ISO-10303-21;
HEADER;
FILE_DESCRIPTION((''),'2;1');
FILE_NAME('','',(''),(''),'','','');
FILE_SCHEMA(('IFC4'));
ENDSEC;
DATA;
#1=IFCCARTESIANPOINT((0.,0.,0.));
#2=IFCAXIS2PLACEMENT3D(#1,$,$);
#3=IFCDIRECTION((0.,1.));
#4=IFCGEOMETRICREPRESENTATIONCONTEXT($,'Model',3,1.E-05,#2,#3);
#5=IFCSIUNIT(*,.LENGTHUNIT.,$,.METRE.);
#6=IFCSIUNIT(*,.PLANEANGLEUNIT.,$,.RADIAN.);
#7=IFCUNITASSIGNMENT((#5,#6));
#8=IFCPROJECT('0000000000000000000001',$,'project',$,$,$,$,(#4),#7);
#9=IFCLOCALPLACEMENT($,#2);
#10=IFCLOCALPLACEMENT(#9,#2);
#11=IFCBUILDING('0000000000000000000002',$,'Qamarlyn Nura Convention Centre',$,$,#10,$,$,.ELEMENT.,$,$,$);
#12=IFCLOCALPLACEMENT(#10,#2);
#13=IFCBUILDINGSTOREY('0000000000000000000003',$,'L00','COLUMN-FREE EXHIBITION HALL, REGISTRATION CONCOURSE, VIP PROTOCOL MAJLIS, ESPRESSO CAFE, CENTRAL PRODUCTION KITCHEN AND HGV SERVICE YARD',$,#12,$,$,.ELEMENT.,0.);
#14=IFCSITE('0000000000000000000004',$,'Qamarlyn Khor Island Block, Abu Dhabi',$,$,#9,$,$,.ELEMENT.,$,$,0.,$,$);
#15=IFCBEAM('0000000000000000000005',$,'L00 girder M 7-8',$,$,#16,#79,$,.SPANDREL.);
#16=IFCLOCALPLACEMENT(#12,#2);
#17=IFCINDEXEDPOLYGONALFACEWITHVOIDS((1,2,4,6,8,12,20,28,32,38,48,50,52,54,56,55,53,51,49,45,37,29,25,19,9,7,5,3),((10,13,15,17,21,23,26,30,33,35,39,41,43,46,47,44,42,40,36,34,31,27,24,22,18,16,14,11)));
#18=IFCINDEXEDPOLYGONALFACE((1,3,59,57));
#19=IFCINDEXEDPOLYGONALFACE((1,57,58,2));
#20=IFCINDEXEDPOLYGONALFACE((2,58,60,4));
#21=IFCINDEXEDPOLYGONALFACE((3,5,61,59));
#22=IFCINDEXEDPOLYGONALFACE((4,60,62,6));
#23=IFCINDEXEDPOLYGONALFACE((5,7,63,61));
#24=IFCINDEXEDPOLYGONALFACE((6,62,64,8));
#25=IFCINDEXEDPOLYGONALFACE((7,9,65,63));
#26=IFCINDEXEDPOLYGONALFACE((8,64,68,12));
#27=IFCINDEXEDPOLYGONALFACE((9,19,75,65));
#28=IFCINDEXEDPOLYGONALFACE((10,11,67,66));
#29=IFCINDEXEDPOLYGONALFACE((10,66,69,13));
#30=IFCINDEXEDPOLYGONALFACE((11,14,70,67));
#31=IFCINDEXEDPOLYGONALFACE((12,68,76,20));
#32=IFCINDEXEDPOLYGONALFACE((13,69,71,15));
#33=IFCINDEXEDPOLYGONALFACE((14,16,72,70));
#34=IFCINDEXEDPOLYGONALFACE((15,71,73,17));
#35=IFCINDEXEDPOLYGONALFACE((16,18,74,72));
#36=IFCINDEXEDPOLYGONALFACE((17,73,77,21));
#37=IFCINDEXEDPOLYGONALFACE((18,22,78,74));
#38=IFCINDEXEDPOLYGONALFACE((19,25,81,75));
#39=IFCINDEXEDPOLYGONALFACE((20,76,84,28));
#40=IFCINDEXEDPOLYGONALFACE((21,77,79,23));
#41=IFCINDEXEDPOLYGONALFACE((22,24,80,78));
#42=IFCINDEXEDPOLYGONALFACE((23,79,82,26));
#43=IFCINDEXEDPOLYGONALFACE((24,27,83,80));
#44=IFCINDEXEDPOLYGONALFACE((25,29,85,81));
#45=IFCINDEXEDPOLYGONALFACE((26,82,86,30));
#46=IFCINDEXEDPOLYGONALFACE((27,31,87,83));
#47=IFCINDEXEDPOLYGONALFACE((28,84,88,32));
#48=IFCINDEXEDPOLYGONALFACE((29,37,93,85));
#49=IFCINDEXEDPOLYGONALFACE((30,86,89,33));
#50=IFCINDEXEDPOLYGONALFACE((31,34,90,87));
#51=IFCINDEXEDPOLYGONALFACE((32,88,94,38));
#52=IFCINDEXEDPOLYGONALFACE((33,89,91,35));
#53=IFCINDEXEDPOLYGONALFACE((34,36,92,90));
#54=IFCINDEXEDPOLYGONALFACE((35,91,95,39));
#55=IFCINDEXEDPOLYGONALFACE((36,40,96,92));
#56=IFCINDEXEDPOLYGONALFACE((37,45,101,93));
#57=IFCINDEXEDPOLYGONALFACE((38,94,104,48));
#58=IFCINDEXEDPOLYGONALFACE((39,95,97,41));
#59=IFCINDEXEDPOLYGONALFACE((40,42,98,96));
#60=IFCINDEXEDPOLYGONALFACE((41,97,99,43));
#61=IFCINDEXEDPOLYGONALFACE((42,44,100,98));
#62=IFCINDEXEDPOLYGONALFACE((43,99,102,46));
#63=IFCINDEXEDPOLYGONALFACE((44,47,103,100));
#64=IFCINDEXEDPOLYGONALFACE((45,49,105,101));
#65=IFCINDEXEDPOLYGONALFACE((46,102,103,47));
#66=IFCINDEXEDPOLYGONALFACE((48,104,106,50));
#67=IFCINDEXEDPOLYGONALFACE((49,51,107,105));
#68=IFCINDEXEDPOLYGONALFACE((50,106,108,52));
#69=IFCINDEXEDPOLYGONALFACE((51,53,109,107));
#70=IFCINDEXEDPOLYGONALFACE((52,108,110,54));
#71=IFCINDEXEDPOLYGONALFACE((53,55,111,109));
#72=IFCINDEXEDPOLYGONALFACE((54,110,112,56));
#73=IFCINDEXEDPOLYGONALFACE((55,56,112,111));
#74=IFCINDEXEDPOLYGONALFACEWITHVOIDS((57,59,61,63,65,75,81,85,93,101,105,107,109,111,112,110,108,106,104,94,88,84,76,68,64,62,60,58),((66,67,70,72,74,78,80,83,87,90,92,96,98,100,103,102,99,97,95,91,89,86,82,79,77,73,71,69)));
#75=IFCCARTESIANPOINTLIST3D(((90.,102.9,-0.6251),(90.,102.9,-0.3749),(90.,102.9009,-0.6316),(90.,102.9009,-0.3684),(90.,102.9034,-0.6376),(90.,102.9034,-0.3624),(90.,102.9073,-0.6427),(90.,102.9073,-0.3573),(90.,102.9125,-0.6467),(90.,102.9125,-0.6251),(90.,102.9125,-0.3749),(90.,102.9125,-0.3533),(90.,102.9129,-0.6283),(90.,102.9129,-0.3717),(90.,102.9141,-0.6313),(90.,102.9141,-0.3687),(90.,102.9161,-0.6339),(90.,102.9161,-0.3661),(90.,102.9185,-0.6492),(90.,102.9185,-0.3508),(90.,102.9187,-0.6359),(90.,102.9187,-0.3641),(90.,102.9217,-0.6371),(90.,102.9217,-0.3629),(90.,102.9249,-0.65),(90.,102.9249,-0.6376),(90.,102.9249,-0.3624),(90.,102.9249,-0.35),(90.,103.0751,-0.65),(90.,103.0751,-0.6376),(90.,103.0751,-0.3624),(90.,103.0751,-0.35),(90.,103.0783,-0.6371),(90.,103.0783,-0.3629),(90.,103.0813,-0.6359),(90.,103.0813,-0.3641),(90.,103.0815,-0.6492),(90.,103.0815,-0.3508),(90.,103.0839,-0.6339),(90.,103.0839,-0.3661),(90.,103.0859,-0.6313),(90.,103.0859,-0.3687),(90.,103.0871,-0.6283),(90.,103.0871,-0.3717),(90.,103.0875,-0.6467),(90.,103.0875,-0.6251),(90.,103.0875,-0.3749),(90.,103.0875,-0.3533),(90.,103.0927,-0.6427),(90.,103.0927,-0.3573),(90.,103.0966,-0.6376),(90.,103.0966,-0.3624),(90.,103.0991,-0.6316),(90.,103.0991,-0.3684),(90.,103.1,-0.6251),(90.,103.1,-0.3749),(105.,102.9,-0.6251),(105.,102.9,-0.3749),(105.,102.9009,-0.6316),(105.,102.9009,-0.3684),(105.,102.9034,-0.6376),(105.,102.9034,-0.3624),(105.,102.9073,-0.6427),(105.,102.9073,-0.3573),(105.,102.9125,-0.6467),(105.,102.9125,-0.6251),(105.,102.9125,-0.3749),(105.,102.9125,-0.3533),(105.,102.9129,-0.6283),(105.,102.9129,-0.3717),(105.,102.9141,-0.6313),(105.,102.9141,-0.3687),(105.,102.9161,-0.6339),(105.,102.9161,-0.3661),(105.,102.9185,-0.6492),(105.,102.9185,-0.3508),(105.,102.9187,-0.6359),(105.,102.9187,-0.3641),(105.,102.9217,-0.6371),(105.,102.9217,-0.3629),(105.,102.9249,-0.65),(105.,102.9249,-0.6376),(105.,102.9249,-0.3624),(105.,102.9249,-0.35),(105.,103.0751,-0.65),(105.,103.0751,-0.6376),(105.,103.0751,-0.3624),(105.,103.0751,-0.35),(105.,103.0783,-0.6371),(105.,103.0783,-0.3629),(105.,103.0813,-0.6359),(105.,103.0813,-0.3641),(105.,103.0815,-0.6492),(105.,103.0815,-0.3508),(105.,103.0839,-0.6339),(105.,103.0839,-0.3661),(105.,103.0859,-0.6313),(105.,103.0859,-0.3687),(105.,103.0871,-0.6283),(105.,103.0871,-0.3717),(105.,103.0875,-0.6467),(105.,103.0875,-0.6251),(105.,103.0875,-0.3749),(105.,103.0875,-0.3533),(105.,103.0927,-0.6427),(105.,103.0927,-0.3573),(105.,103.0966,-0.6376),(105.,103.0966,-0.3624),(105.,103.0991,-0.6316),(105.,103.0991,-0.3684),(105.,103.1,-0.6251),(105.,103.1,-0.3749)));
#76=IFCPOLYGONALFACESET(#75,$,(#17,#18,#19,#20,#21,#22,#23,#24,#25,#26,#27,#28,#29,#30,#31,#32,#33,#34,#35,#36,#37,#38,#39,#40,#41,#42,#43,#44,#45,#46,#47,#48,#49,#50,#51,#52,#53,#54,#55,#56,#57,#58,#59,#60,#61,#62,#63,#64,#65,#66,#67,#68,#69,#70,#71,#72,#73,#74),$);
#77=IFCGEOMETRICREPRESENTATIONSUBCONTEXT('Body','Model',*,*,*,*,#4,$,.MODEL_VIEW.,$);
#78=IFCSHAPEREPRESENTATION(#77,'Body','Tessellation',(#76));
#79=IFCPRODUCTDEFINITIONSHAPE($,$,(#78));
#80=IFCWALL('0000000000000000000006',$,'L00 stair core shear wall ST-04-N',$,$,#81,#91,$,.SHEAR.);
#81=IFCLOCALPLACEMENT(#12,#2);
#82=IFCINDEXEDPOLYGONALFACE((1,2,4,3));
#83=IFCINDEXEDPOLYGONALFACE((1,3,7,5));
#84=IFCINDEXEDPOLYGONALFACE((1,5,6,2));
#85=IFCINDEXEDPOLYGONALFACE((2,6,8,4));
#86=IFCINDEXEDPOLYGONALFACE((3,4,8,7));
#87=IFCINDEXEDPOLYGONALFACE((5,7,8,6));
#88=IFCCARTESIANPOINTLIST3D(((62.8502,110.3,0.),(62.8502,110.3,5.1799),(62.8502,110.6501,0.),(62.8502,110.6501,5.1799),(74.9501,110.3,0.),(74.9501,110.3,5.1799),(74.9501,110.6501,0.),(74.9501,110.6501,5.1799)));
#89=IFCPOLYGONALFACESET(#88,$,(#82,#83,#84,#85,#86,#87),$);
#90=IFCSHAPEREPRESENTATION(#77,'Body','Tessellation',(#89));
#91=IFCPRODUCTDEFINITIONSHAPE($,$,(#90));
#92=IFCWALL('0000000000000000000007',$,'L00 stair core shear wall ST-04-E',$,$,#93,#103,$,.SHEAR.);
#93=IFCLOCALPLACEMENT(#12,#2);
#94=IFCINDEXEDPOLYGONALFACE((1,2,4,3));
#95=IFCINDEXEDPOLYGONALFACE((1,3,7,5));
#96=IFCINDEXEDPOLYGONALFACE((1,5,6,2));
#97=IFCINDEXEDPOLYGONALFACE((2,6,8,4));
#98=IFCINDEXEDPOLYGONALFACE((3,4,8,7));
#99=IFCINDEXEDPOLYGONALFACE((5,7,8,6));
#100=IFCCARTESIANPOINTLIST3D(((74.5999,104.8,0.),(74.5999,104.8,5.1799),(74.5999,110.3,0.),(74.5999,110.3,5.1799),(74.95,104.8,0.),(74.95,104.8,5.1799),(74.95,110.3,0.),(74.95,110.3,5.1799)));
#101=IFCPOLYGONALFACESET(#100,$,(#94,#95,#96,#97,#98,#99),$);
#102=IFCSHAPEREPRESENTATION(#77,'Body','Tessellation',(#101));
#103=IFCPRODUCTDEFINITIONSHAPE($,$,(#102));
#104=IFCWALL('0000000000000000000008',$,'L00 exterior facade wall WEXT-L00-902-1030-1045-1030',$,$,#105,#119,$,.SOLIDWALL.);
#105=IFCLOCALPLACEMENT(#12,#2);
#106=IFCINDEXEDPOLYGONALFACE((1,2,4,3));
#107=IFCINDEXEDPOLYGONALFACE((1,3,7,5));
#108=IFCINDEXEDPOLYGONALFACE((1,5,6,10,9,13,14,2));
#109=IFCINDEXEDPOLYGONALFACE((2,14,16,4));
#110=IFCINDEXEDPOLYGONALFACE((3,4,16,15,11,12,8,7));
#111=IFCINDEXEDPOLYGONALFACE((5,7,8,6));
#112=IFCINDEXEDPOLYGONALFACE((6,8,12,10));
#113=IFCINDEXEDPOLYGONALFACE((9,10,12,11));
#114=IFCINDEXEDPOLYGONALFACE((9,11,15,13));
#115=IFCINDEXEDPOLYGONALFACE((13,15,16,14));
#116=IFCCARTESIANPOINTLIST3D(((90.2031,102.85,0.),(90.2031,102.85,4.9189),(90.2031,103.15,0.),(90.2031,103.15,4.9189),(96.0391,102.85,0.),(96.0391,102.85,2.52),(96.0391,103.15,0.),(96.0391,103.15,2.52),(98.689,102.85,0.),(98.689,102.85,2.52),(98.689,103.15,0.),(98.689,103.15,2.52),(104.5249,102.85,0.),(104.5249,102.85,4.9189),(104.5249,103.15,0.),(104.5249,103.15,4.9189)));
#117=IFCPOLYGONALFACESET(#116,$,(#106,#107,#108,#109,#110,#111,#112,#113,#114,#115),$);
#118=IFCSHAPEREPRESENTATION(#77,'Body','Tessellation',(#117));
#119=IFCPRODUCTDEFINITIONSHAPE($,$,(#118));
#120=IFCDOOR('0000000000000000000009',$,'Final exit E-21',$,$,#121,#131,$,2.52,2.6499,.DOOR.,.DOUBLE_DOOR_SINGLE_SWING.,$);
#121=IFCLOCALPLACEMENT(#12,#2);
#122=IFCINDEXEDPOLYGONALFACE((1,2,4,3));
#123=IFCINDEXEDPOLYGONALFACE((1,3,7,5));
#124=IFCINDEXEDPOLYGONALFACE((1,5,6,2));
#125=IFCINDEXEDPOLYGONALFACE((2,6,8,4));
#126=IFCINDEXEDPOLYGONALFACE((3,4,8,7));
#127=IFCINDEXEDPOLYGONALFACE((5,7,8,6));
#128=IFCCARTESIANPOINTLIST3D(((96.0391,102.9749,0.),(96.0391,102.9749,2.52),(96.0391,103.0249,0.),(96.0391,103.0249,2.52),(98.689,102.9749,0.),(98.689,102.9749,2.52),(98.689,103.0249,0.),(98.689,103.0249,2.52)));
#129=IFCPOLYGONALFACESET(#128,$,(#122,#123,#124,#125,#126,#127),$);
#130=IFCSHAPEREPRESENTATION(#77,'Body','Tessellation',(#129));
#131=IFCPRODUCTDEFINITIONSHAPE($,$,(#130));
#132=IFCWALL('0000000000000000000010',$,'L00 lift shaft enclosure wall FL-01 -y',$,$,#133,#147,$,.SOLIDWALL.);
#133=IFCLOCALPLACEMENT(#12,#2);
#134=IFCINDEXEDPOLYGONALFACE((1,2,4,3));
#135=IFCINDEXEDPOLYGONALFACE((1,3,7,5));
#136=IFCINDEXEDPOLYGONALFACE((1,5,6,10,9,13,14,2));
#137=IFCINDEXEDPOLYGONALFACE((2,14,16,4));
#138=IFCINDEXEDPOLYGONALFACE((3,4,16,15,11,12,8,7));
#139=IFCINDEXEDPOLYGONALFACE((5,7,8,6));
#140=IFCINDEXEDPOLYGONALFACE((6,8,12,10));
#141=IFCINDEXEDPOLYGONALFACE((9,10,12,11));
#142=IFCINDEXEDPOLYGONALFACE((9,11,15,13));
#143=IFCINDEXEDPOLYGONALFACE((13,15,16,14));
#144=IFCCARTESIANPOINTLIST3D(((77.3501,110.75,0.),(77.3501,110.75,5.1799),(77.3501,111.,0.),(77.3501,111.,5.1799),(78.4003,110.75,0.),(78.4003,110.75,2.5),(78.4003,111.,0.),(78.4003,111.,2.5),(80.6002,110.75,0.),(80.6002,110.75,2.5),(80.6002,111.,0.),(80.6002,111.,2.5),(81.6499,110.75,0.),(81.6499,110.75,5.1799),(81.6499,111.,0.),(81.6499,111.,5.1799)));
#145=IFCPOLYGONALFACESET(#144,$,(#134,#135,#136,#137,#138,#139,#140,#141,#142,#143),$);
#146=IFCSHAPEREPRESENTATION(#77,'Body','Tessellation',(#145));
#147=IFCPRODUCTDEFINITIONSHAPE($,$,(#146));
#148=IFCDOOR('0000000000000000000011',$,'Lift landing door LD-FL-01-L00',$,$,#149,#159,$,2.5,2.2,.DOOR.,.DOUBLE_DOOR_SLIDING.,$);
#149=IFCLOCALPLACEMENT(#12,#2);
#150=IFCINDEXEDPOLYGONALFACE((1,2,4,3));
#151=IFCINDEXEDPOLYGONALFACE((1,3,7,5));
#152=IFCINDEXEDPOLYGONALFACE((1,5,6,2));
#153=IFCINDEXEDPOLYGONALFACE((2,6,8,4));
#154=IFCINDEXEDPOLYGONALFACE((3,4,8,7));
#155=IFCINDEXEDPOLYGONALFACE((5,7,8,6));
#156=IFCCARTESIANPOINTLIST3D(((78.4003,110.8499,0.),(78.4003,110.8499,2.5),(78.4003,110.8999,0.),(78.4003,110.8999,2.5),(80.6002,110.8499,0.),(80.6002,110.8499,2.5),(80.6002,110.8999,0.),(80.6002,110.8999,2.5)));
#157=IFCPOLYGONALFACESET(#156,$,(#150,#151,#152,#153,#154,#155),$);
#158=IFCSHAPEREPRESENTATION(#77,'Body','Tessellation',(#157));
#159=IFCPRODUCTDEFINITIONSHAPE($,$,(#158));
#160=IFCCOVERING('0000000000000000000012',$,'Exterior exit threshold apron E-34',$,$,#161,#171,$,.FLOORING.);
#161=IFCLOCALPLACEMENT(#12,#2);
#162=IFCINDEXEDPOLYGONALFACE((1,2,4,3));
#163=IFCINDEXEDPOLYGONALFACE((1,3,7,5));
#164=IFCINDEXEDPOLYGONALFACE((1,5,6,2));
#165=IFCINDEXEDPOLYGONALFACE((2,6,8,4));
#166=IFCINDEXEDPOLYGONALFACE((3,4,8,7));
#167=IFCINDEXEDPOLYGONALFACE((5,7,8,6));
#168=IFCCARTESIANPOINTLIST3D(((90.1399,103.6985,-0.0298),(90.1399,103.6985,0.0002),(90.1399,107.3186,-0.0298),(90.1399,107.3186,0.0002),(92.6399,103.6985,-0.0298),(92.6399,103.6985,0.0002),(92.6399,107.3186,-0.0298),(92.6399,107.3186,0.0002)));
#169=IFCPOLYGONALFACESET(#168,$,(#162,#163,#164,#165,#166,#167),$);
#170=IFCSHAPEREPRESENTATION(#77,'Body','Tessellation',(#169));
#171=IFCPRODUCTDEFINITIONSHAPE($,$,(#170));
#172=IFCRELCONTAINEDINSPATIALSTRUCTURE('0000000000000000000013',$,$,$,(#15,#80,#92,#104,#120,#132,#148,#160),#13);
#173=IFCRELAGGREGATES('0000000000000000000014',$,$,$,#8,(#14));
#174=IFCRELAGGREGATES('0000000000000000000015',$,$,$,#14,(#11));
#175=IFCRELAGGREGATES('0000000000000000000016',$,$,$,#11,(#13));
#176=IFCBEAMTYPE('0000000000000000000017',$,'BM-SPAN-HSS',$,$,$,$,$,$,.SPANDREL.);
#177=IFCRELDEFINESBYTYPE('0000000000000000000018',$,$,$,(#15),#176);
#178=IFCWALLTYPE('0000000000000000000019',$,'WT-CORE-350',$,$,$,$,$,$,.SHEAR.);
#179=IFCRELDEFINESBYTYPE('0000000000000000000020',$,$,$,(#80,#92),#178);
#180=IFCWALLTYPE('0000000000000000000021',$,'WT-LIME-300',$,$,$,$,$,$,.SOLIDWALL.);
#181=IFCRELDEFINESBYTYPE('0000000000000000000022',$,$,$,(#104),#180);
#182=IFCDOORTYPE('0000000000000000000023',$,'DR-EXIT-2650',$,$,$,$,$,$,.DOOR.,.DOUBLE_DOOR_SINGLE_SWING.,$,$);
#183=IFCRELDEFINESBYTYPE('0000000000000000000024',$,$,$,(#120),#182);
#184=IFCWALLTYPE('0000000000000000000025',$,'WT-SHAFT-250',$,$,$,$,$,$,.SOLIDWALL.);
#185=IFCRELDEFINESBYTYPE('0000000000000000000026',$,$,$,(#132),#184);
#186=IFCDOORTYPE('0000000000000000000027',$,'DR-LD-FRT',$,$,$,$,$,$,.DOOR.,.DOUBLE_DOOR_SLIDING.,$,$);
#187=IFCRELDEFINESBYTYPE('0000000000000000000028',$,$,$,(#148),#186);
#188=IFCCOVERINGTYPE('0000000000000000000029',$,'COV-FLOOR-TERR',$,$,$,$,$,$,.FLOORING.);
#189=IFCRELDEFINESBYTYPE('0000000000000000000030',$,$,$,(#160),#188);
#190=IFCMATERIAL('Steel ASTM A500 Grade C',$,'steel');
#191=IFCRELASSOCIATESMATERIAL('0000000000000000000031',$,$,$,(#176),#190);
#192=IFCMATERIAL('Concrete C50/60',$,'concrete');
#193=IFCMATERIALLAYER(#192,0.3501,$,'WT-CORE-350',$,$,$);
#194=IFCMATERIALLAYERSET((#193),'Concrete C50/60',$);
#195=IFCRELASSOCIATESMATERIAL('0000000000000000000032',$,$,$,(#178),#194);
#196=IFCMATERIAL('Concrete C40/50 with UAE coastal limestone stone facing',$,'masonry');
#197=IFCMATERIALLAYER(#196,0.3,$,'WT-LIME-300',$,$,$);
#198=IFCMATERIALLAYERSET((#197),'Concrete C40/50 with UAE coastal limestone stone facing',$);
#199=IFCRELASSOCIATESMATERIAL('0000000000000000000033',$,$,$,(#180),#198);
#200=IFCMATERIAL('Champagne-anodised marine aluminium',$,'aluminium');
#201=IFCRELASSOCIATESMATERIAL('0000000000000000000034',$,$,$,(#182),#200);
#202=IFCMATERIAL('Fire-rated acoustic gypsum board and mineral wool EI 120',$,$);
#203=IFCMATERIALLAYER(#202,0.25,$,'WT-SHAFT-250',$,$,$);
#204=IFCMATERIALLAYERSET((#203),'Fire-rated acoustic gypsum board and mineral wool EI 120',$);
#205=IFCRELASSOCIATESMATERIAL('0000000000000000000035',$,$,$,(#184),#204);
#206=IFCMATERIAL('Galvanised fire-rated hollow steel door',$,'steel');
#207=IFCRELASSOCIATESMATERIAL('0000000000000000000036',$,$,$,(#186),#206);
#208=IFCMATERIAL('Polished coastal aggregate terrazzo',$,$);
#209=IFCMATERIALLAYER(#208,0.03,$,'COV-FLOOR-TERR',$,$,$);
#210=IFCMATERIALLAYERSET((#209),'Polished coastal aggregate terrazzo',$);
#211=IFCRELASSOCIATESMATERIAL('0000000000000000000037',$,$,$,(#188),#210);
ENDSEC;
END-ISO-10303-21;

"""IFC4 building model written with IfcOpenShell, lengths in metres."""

from ifc_helpers import new_model, si_unit, direction, frame, frame_2d, origin, origin_2d, place, context, subcontext, project, spatial, rectangle, hollow_rectangle, extrude, material, layer, layer_set, material_profile, profile_set, type_object, element, fill, save


model = new_model("IFC4")

# Units and contexts
model_context = context("Model", 3, precision=1e-05, world=origin(), true_north=direction((0.0, 1.0)))
body_context = subcontext(model_context, "Body", "Model", "MODEL_VIEW")
ifc_project = project(units=[si_unit("LENGTHUNIT", "METRE"), si_unit("PLANEANGLEUNIT", "RADIAN")], contexts=[model_context])

# Site, building, storey
site_placement = place(None, origin())
site = spatial("IfcSite", under=ifc_project, at=site_placement, Name="Qamarlyn Khor Island Block, Abu Dhabi", CompositionType="ELEMENT", RefElevation=0.0)
building_placement = place(site_placement, origin())
building = spatial("IfcBuilding", under=site, at=building_placement, Name="Qamarlyn Nura Convention Centre", CompositionType="ELEMENT")
storey_placement = place(building_placement, origin())
storey = spatial("IfcBuildingStorey", under=building, at=storey_placement, Name="L00", Description="COLUMN-FREE EXHIBITION HALL, REGISTRATION CONCOURSE, VIP PROTOCOL MAJLIS, ESPRESSO CAFE, CENTRAL PRODUCTION KITCHEN AND HGV SERVICE YARD", CompositionType="ELEMENT", Elevation=0.0)

# Shared definitions
ifc_material_1 = material(Name="Concrete C50/60", Category="concrete")

# Beam
ifc_material_2 = material(Name="Steel ASTM A500 Grade C", Category="steel")
ifc_material_profile_1 = material_profile(ifc_material_2, hollow_rectangle(XDim=0.2, YDim=0.3, WallThickness=0.0125, InnerFilletRadius=0.0125, OuterFilletRadius=0.0249, at=origin_2d()), Name="HSS300X200X12.5")
ifc_profile_set_1 = profile_set([ifc_material_profile_1], Name="Steel ASTM A500 Grade C")
beam_type_1 = type_object("IfcBeamType", Name="BM-SPAN-HSS", PredefinedType="SPANDREL", material=ifc_profile_set_1)
beam_1_placement = place(storey_placement, frame((90.0, 103.0, -0.5), z_axis=(1.0, 0.0, 0.0), x_axis=(0.0, 1.0, 0.0)))
element("IfcBeam", 1, at=beam_1_placement, inside=storey, type_object=beam_type_1, Name="L00 girder M 7-8", PredefinedType="SPANDREL", context=body_context, shape_type="SweptSolid", body=[
    extrude(hollow_rectangle(XDim=0.2, YDim=0.3, WallThickness=0.0125, InnerFilletRadius=0.0125, OuterFilletRadius=0.0249, at=origin_2d()), origin(), (0.0, 0.0, 1.0), 15.0),
])

# Walls
ifc_layer_1 = layer(ifc_material_1, 0.3501, Name="WT-CORE-350")
ifc_layer_set_1 = layer_set([ifc_layer_1], Name="Concrete C50/60")
wall_type_1 = type_object("IfcWallType", Name="WT-CORE-350", PredefinedType="SHEAR", material=ifc_layer_set_1)
wall_1_placement = place(storey_placement, frame((74.95, 110.4751, 0.0), z_axis=(0.0, 0.0, 1.0), x_axis=(-1.0, 0.0, 0.0)))
element("IfcWall", 2, at=wall_1_placement, inside=storey, type_object=wall_type_1, Name="L00 stair core shear wall ST-04-N", PredefinedType="SHEAR", context=body_context, shape_type="SweptSolid", body=[
    extrude(rectangle(XDim=12.0999, YDim=0.3501, at=frame_2d((6.0498, 0.0))), origin(), (0.0, 0.0, 1.0), 5.1799),
])
wall_2_placement = place(storey_placement, frame((74.7749, 104.8, 0.0), z_axis=(0.0, 0.0, 1.0), x_axis=(0.0, 1.0, 0.0)))
element("IfcWall", 3, at=wall_2_placement, inside=storey, type_object=wall_type_1, Name="L00 stair core shear wall ST-04-E", PredefinedType="SHEAR", context=body_context, shape_type="SweptSolid", body=[
    extrude(rectangle(XDim=5.5, YDim=0.3501, at=frame_2d((2.75, 0.0))), origin(), (0.0, 0.0, 1.0), 5.1799),
])

# Walls, openings, doors
ifc_material_3 = material(Name="Champagne-anodised marine aluminium", Category="aluminium")
ifc_material_4 = material(Name="Concrete C40/50 with UAE coastal limestone stone facing", Category="masonry")
ifc_layer_2 = layer(ifc_material_4, 0.3, Name="WT-LIME-300")
ifc_layer_set_2 = layer_set([ifc_layer_2], Name="Concrete C40/50 with UAE coastal limestone stone facing")
wall_type_2 = type_object("IfcWallType", Name="WT-LIME-300", PredefinedType="SOLIDWALL", material=ifc_layer_set_2)
wall_3_placement = place(storey_placement, frame((90.2031, 103.0, 0.0), z_axis=(0.0, 0.0, 1.0), x_axis=(1.0, 0.0, 0.0)))
wall_3 = element("IfcWall", 4, at=wall_3_placement, inside=storey, type_object=wall_type_2, Name="L00 exterior facade wall WEXT-L00-902-1030-1045-1030", PredefinedType="SOLIDWALL", context=body_context, shape_type="SweptSolid", body=[
    extrude(rectangle(XDim=14.3218, YDim=0.3, at=frame_2d((7.1609, 0.0))), origin(), (0.0, 0.0, 1.0), 4.9189),
])
opening_1_placement = place(wall_3_placement, frame((5.8359, 0.0, 0.0)))
opening_1 = element("IfcOpeningElement", 5, at=opening_1_placement, cuts=wall_3, PredefinedType="OPENING", context=body_context, shape_type="SweptSolid", body=[
    extrude(rectangle(XDim=2.6499, YDim=2.52, at=frame_2d((1.325, 1.26))), frame((0.0, 0.1602, 0.0), z_axis=(0.0, -1.0, 0.0), x_axis=(1.0, 0.0, 0.0)), (0.0, 0.0, 1.0), 0.3201),
])
door_type_1 = type_object("IfcDoorType", Name="DR-EXIT-2650", OperationType="DOUBLE_DOOR_SINGLE_SWING", PredefinedType="DOOR", material=ifc_material_3)
door_1_placement = place(opening_1_placement, origin())
door_1 = element("IfcDoor", 6, at=door_1_placement, inside=storey, type_object=door_type_1, Name="Final exit E-21", OperationType="DOUBLE_DOOR_SINGLE_SWING", OverallHeight=2.52, OverallWidth=2.6499, PredefinedType="DOOR", context=body_context, shape_type="SweptSolid", body=[
    extrude(rectangle(XDim=2.6499, YDim=2.52, at=frame_2d((1.325, 1.26))), frame((0.0, 0.0249, 0.0), z_axis=(0.0, -1.0, 0.0), x_axis=(1.0, 0.0, 0.0)), (0.0, 0.0, 1.0), 0.05),
])
fill(opening_1, door_1)
ifc_material_5 = material(Name="Fire-rated acoustic gypsum board and mineral wool EI 120")
ifc_layer_3 = layer(ifc_material_5, 0.25, Name="WT-SHAFT-250")
ifc_layer_set_3 = layer_set([ifc_layer_3], Name="Fire-rated acoustic gypsum board and mineral wool EI 120")
wall_type_3 = type_object("IfcWallType", Name="WT-SHAFT-250", PredefinedType="SOLIDWALL", material=ifc_layer_set_3)
wall_4_placement = place(storey_placement, frame((77.3501, 110.875, 0.0), z_axis=(0.0, 0.0, 1.0), x_axis=(1.0, 0.0, 0.0)))
wall_4 = element("IfcWall", 7, at=wall_4_placement, inside=storey, type_object=wall_type_3, Name="L00 lift shaft enclosure wall FL-01 -y", PredefinedType="SOLIDWALL", context=body_context, shape_type="SweptSolid", body=[
    extrude(rectangle(XDim=4.2998, YDim=0.25, at=frame_2d((2.1499, 0.0))), origin(), (0.0, 0.0, 1.0), 5.1799),
])
opening_2_placement = place(wall_4_placement, frame((1.05, 0.0, 0.0)))
opening_2 = element("IfcOpeningElement", 8, at=opening_2_placement, cuts=wall_4, PredefinedType="OPENING", context=body_context, shape_type="SweptSolid", body=[
    extrude(rectangle(XDim=2.2, YDim=2.5, at=frame_2d((1.1001, 1.25))), frame((0.0, 0.135, 0.0), z_axis=(0.0, -1.0, 0.0), x_axis=(1.0, 0.0, 0.0)), (0.0, 0.0, 1.0), 0.27),
])
ifc_material_6 = material(Name="Galvanised fire-rated hollow steel door", Category="steel")
door_type_2 = type_object("IfcDoorType", Name="DR-LD-FRT", OperationType="DOUBLE_DOOR_SLIDING", PredefinedType="DOOR", material=ifc_material_6)
door_2_placement = place(opening_2_placement, origin())
door_2 = element("IfcDoor", 9, at=door_2_placement, inside=storey, type_object=door_type_2, Name="Lift landing door LD-FL-01-L00", OperationType="DOUBLE_DOOR_SLIDING", OverallHeight=2.5, OverallWidth=2.2, PredefinedType="DOOR", context=body_context, shape_type="SweptSolid", body=[
    extrude(rectangle(XDim=2.2, YDim=2.5, at=frame_2d((1.1001, 1.25))), frame((0.0, 0.0249, 0.0), z_axis=(0.0, -1.0, 0.0), x_axis=(1.0, 0.0, 0.0)), (0.0, 0.0, 1.0), 0.05),
])
fill(opening_2, door_2)

# Covering
ifc_material_7 = material(Name="Polished coastal aggregate terrazzo")
ifc_layer_4 = layer(ifc_material_7, 0.03, Name="COV-FLOOR-TERR")
ifc_layer_set_4 = layer_set([ifc_layer_4], Name="Polished coastal aggregate terrazzo")
covering_type = type_object("IfcCoveringType", Name="COV-FLOOR-TERR", PredefinedType="FLOORING", material=ifc_layer_set_4)
covering_placement = place(storey_placement, frame((91.3899, 105.5085, -0.0298), z_axis=(0.0, 0.0, 1.0), x_axis=(0.0, -1.0, 0.0)))
element("IfcCovering", 10, at=covering_placement, inside=storey, type_object=covering_type, Name="Exterior exit threshold apron E-34", PredefinedType="FLOORING", context=body_context, shape_type="SweptSolid", body=[
    extrude(rectangle(XDim=3.6201, YDim=2.5, at=origin_2d()), origin(), (0.0, 0.0, 1.0), 0.03),
])

save(model, "model.ifc")
